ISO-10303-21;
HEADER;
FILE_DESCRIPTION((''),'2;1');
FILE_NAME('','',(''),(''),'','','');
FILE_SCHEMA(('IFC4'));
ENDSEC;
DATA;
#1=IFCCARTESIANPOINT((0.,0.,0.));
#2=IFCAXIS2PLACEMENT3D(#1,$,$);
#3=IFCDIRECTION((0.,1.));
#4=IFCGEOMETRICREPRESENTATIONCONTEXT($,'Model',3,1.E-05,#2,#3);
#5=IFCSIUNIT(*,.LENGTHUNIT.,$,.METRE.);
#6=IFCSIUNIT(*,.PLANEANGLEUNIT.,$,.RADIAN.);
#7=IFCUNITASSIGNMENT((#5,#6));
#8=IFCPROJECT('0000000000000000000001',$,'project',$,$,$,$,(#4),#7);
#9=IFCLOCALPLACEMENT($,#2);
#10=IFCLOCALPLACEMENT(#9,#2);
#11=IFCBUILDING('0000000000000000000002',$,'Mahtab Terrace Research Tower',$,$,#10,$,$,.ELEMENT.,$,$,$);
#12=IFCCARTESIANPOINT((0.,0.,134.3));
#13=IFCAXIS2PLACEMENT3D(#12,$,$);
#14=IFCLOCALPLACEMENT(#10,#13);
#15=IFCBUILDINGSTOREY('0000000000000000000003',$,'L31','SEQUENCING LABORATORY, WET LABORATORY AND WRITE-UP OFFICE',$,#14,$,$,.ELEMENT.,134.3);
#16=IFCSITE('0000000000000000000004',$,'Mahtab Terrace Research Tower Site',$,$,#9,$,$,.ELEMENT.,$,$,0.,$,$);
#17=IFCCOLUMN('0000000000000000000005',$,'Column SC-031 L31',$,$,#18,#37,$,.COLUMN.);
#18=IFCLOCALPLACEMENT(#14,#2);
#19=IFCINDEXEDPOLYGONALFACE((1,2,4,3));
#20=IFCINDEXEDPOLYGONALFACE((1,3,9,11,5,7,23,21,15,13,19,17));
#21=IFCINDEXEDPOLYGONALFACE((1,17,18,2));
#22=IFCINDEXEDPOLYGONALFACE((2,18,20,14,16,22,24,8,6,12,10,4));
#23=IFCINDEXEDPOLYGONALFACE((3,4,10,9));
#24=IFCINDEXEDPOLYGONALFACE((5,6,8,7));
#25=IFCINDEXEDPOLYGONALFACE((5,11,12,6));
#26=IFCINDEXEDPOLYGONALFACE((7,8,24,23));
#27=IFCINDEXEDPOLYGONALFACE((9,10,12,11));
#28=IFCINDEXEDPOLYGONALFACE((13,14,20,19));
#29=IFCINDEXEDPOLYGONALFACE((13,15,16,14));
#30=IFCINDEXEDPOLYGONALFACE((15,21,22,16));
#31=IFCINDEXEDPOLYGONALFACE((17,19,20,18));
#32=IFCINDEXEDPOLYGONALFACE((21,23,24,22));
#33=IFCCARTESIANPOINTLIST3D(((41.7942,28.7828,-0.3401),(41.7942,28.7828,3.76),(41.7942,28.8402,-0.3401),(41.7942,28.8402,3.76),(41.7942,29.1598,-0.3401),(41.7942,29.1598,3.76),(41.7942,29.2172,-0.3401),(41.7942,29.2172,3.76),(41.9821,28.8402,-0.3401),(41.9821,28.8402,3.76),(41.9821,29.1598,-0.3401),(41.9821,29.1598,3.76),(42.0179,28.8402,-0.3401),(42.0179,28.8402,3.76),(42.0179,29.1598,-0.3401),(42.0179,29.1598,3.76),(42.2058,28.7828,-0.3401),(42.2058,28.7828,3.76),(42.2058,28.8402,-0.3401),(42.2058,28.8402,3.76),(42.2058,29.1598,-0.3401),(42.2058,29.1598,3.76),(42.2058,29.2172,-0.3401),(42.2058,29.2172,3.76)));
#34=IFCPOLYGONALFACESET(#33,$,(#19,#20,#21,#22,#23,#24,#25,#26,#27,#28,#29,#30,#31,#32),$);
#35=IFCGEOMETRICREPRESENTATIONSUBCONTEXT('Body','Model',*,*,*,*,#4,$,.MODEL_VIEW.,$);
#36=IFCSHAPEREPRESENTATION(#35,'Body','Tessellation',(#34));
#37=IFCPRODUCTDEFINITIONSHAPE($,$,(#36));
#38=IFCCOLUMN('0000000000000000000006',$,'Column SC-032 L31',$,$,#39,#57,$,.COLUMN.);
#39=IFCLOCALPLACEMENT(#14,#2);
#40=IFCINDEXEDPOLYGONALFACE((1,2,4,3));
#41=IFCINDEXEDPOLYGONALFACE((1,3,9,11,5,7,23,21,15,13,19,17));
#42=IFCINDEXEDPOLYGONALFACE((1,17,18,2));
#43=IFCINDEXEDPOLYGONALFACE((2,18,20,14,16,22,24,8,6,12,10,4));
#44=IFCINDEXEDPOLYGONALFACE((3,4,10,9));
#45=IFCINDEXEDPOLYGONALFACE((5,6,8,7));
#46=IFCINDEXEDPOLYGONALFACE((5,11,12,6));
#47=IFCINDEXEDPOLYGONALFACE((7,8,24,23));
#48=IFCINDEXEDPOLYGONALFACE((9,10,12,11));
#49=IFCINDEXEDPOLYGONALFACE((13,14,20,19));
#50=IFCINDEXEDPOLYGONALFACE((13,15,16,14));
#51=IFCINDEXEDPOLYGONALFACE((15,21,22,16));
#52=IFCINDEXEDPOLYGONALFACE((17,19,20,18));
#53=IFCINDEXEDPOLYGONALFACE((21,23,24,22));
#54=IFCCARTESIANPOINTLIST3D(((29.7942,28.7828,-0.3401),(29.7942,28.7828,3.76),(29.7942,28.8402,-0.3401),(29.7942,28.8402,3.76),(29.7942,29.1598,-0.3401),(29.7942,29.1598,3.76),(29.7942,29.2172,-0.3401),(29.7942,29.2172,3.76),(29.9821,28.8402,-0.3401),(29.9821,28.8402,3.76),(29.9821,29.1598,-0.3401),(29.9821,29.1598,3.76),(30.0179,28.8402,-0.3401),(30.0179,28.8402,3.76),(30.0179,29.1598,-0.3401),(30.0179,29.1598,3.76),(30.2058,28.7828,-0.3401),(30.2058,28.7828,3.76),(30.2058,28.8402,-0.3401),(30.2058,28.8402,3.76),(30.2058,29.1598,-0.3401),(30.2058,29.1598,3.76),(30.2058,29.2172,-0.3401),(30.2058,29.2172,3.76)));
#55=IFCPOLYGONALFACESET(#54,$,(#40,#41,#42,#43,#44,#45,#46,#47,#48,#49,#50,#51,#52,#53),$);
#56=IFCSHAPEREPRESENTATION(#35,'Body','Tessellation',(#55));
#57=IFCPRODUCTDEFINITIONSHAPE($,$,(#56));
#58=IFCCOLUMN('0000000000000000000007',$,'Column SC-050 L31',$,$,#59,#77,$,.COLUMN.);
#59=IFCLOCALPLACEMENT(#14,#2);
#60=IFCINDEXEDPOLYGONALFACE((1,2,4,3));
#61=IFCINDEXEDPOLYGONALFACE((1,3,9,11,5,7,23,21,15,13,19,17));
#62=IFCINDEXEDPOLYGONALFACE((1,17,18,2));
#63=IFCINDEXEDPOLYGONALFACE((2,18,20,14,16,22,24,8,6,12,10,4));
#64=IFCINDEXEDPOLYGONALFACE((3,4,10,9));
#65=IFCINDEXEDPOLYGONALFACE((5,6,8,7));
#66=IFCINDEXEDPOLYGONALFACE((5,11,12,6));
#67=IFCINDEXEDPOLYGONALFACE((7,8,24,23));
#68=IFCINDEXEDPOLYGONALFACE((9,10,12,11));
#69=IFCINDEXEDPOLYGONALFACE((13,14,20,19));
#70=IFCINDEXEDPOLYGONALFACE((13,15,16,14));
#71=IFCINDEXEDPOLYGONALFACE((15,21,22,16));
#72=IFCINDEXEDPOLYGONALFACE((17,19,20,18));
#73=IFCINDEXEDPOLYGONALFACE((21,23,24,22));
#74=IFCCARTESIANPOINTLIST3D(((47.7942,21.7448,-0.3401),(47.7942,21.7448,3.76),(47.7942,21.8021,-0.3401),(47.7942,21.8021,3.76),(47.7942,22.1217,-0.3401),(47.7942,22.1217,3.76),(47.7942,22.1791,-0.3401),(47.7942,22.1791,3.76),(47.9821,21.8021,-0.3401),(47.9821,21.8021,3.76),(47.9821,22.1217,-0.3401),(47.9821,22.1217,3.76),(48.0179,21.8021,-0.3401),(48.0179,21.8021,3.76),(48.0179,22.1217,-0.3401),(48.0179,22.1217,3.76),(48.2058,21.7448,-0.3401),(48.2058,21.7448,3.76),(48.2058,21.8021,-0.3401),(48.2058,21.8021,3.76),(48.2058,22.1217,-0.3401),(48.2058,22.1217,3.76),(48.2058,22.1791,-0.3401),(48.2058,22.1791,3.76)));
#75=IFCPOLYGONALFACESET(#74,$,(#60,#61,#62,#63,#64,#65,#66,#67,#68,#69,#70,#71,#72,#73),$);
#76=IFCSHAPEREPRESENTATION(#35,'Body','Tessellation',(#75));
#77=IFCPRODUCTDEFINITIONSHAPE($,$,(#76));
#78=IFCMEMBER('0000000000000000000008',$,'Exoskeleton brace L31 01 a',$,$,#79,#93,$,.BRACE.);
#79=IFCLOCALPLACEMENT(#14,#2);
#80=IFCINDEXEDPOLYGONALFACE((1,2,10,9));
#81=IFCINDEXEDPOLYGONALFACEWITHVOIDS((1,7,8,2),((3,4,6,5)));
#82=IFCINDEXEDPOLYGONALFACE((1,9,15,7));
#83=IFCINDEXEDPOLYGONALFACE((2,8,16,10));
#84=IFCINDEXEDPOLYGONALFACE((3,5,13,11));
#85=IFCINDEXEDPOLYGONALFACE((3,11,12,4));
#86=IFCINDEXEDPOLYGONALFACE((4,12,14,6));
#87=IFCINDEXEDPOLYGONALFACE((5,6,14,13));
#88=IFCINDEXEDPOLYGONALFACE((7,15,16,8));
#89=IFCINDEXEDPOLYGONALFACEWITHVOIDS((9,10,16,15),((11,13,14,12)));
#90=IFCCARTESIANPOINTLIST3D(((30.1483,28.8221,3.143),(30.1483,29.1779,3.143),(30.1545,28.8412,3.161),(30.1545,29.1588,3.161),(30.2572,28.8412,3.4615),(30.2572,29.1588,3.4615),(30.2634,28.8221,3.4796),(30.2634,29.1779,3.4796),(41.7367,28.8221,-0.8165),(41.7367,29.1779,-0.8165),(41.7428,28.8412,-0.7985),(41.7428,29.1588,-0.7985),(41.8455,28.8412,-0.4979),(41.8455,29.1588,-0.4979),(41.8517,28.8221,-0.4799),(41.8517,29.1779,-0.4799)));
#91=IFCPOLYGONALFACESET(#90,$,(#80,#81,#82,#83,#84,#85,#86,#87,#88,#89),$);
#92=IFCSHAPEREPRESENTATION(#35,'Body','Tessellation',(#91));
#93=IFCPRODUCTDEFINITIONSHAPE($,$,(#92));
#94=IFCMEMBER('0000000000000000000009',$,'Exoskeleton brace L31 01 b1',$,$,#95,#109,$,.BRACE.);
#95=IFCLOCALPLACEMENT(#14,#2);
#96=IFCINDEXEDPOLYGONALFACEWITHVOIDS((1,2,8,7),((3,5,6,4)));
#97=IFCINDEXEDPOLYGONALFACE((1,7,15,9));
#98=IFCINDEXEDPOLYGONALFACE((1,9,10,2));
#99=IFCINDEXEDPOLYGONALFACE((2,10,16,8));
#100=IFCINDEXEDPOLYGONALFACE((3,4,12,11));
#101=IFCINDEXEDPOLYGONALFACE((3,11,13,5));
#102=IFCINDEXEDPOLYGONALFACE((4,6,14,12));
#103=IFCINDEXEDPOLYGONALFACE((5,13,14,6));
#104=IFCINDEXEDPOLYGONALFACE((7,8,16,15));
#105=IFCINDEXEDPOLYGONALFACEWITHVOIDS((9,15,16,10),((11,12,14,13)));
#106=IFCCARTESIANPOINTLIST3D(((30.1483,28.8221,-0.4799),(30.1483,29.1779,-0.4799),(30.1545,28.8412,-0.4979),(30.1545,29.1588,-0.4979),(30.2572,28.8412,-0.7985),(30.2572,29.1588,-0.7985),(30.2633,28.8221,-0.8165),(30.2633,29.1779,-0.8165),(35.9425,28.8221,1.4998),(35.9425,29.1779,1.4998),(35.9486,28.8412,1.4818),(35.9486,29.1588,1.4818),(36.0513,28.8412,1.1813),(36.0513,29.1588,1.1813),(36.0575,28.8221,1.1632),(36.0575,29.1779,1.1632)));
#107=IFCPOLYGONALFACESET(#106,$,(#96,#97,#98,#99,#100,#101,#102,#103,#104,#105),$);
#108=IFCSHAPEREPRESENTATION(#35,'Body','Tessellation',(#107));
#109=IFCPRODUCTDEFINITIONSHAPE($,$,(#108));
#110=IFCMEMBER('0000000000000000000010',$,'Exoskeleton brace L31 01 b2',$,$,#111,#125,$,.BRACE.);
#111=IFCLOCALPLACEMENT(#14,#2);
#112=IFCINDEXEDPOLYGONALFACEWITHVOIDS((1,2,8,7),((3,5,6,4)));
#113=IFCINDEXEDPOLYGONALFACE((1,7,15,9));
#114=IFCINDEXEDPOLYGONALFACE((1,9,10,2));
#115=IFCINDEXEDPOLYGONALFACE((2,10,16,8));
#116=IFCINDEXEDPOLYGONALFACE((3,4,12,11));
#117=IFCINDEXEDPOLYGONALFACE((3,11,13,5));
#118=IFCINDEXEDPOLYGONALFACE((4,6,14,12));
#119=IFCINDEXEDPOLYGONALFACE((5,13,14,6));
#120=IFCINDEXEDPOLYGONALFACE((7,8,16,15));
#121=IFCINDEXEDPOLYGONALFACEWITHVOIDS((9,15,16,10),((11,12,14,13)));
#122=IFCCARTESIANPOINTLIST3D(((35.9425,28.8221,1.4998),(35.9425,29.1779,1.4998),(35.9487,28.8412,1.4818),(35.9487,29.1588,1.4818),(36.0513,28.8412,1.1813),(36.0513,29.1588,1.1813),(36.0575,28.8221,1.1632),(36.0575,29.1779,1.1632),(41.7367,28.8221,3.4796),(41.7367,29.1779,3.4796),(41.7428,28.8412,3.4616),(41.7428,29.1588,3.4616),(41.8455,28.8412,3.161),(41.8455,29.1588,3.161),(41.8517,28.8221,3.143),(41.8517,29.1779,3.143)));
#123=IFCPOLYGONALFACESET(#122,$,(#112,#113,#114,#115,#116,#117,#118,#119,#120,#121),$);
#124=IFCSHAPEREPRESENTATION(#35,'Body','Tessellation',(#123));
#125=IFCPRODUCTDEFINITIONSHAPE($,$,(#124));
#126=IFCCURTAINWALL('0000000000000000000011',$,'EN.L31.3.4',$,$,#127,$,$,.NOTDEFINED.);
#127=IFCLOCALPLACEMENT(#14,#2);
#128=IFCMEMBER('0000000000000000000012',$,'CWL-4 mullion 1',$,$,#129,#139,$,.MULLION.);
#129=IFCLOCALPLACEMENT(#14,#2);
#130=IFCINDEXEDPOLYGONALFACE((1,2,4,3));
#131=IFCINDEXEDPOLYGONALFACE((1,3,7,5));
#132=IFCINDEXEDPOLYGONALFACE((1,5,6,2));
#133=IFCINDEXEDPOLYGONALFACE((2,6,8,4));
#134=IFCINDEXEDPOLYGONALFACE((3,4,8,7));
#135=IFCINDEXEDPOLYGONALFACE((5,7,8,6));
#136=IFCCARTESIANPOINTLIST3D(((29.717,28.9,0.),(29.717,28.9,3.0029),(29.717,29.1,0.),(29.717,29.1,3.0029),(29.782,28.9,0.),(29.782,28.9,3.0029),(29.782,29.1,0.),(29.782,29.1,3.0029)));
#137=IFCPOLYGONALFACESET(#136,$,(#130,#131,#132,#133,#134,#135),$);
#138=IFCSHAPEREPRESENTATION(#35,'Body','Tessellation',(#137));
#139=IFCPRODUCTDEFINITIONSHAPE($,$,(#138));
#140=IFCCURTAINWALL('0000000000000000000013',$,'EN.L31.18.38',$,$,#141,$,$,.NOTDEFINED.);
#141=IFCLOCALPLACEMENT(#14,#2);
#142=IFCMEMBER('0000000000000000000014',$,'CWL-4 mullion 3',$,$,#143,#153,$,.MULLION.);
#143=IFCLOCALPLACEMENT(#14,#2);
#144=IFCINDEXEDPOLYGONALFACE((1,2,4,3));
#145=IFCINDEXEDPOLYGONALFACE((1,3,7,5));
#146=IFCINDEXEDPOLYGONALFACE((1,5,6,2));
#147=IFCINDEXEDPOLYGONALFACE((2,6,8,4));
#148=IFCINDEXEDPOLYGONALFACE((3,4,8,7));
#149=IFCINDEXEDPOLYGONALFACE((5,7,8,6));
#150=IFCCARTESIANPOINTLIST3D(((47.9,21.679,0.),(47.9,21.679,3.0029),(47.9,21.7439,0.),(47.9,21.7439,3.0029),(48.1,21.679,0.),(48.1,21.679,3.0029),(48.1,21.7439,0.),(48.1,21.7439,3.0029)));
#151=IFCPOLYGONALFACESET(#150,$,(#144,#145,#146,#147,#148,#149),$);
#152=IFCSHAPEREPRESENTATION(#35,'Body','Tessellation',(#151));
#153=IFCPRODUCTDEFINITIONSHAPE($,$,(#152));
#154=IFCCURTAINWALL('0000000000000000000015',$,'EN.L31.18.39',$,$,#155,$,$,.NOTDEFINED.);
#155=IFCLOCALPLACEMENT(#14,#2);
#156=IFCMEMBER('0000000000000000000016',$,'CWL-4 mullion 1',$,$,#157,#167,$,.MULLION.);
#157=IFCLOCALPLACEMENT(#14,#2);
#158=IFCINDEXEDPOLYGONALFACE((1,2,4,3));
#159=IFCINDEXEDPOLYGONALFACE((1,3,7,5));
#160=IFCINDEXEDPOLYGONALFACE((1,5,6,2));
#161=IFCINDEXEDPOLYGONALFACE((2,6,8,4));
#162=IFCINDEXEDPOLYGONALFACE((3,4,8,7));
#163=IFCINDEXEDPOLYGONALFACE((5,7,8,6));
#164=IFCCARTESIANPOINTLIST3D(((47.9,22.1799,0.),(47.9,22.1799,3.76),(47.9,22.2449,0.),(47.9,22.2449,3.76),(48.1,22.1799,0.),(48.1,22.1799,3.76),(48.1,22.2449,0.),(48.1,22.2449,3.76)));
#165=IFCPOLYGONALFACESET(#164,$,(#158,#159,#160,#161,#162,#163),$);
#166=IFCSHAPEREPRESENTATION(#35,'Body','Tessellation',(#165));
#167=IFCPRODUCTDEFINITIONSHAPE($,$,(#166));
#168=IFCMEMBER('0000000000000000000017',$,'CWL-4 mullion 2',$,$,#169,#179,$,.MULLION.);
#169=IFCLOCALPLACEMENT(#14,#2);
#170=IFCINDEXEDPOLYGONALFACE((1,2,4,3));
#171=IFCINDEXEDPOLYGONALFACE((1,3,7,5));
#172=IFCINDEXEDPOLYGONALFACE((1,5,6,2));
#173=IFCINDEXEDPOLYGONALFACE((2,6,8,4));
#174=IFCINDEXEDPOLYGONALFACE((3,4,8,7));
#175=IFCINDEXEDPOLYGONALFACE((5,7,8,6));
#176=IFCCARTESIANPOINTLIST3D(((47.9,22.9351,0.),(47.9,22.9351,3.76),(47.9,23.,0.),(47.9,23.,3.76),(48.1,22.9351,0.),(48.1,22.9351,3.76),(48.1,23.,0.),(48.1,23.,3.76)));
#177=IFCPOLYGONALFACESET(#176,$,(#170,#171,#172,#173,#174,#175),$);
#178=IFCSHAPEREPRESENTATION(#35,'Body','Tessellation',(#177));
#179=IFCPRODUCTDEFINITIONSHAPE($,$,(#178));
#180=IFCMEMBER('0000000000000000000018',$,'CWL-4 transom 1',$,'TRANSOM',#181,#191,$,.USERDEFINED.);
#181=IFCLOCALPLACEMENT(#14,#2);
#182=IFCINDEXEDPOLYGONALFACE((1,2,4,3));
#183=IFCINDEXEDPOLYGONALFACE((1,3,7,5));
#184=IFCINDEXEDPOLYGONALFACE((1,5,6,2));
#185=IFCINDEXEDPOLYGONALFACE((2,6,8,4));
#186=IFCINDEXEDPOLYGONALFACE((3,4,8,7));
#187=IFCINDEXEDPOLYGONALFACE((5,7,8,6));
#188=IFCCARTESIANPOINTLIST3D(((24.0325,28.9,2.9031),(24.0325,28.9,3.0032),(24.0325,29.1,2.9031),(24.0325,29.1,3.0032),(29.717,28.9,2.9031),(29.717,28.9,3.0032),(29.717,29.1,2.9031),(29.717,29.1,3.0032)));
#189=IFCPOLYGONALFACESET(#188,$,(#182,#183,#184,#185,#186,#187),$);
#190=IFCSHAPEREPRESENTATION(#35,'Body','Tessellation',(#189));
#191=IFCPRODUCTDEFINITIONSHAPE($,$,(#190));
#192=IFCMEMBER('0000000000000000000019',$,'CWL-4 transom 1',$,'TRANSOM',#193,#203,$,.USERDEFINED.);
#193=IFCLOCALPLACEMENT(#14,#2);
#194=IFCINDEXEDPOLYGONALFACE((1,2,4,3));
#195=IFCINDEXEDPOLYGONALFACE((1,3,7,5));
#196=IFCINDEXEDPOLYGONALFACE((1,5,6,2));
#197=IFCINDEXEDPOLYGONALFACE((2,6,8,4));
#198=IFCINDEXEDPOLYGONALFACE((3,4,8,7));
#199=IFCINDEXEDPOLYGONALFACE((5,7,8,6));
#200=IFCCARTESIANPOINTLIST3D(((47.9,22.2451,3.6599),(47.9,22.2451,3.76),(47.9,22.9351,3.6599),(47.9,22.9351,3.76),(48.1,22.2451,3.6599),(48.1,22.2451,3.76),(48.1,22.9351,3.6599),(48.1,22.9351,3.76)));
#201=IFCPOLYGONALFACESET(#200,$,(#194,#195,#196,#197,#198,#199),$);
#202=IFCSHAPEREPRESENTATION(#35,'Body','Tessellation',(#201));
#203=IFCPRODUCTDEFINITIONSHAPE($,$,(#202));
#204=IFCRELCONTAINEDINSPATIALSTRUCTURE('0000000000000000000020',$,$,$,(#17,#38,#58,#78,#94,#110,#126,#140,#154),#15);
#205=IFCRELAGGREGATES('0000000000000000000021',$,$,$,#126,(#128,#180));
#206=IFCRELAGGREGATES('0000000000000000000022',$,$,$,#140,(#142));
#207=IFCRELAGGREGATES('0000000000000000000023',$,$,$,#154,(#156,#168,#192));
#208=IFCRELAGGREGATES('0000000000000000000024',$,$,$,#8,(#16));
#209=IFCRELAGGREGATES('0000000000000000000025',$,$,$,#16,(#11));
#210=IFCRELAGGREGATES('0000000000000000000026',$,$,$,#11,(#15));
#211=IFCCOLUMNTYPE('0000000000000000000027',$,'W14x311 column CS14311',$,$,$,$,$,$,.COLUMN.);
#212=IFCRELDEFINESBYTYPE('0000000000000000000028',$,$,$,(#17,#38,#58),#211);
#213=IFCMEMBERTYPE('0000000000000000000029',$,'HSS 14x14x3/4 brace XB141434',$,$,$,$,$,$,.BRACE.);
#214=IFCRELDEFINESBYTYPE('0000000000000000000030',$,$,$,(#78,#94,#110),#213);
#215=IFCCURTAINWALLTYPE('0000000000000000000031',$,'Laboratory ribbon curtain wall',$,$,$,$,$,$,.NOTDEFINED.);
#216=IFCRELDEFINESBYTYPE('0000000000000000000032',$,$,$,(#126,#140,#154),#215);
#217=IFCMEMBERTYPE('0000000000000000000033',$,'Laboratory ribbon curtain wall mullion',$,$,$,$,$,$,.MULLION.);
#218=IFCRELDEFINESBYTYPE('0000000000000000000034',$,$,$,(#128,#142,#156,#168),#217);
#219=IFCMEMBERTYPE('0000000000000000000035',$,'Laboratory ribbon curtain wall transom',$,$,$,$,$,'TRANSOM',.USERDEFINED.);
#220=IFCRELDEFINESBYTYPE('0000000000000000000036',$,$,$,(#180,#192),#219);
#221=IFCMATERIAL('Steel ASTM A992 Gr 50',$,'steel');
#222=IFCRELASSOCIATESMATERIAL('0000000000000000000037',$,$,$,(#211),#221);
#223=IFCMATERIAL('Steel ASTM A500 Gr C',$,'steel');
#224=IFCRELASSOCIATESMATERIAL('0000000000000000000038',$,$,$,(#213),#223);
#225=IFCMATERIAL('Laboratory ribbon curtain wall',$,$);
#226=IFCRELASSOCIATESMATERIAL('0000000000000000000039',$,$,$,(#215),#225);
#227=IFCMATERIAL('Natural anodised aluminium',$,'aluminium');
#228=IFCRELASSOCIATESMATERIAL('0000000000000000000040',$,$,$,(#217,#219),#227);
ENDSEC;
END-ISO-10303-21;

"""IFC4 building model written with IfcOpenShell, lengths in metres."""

from ifc_helpers import new_model, si_unit, direction, frame, origin, origin_2d, place, context, subcontext, project, spatial, rectangle, hollow_rectangle, i_section, extrude, material, material_profile, profile_set, type_object, element, aggregate, save


model = new_model("IFC4")

# Units and contexts
model_context = context("Model", 3, precision=1e-05, world=origin(), true_north=direction((0.0, 1.0)))
body_context = subcontext(model_context, "Body", "Model", "MODEL_VIEW")
ifc_project = project(units=[si_unit("LENGTHUNIT", "METRE"), si_unit("PLANEANGLEUNIT", "RADIAN")], contexts=[model_context])

# Site, building, storey
site_placement = place(None, origin())
site = spatial("IfcSite", under=ifc_project, at=site_placement, Name="Mahtab Terrace Research Tower Site", CompositionType="ELEMENT", RefElevation=0.0)
building_placement = place(site_placement, origin())
building = spatial("IfcBuilding", under=site, at=building_placement, Name="Mahtab Terrace Research Tower", CompositionType="ELEMENT")
storey_placement = place(building_placement, frame((0.0, 0.0, 134.3)))
storey = spatial("IfcBuildingStorey", under=building, at=storey_placement, Name="L31", Description="SEQUENCING LABORATORY, WET LABORATORY AND WRITE-UP OFFICE", CompositionType="ELEMENT", Elevation=134.3)

# Columns
ifc_material_1 = material(Name="Steel ASTM A992 Gr 50", Category="steel")
ifc_material_profile_1 = material_profile(ifc_material_1, i_section(OverallWidth=0.4116, OverallDepth=0.4343, WebThickness=0.0359, FlangeThickness=0.0574, at=origin_2d()), Name="W14X311")
ifc_profile_set_1 = profile_set([ifc_material_profile_1], Name="Steel ASTM A992 Gr 50")
column_type = type_object("IfcColumnType", Name="W14x311 column CS14311", PredefinedType="COLUMN", material=ifc_profile_set_1)
for number, where, z_axis, x_axis, name in (
    (1, (42.0, 29.0, -0.3401), (0.0, 0.0, 1.0), (1.0, 0.0, 0.0), "Column SC-031 L31"),
    (2, (30.0, 29.0, -0.3401), (0.0, 0.0, 1.0), (1.0, 0.0, 0.0), "Column SC-032 L31"),
    (3, (48.0, 21.9619, -0.3401), (0.0, 0.0, 1.0), (1.0, 0.0, 0.0), "Column SC-050 L31"),
):
    element("IfcColumn", number, at=place(storey_placement, frame(where, z_axis=z_axis, x_axis=x_axis)), inside=storey, type_object=column_type, Name=name, PredefinedType="COLUMN", context=body_context, shape_type="SweptSolid", body=[
        extrude(i_section(OverallWidth=0.4116, OverallDepth=0.4343, WebThickness=0.0359, FlangeThickness=0.0574, at=origin_2d()), origin(), (0.0, 0.0, 1.0), 4.1001),
    ])

# Members
ifc_material_2 = material(Name="Steel ASTM A500 Gr C", Category="steel")
ifc_material_profile_2 = material_profile(ifc_material_2, hollow_rectangle(XDim=0.3557, YDim=0.3557, WallThickness=0.019, at=origin_2d()), Name="HSS14X14X3/4")
ifc_profile_set_2 = profile_set([ifc_material_profile_2], Name="Steel ASTM A500 Gr C")
member_type_1 = type_object("IfcMemberType", Name="HSS 14x14x3/4 brace XB141434", PredefinedType="BRACE", material=ifc_profile_set_2)
member_1_placement = place(storey_placement, frame((41.7942, 29.0, -0.6482), z_axis=(-0.946288, 0.0, 0.323324), x_axis=(0.0, -1.0, 0.0)))
element("IfcMember", 4, at=member_1_placement, inside=storey, type_object=member_type_1, Name="Exoskeleton brace L31 01 a", PredefinedType="BRACE", context=body_context, shape_type="SweptSolid", body=[
    extrude(hollow_rectangle(XDim=0.3557, YDim=0.3557, WallThickness=0.019, at=origin_2d()), origin(), (0.0, 0.0, 1.0), 12.2461),
])
for number, where, z_axis, x_axis, name in (
    (5, (30.2058, 29.0, -0.6482), (0.946288, 0.0, 0.323324), (0.0, 1.0, 0.0), "Exoskeleton brace L31 01 b1"),
    (6, (36.0, 29.0, 1.3315), (0.946288, 0.0, 0.323324), (0.0, 1.0, 0.0), "Exoskeleton brace L31 01 b2"),
):
    element("IfcMember", number, at=place(storey_placement, frame(where, z_axis=z_axis, x_axis=x_axis)), inside=storey, type_object=member_type_1, Name=name, PredefinedType="BRACE", context=body_context, shape_type="SweptSolid", body=[
        extrude(hollow_rectangle(XDim=0.3557, YDim=0.3557, WallThickness=0.019, at=origin_2d()), origin(), (0.0, 0.0, 1.0), 6.123),
    ])

# Curtain walls, members
ifc_material_3 = material(Name="Laboratory ribbon curtain wall")
curtain_wall_type = type_object("IfcCurtainWallType", Name="Laboratory ribbon curtain wall", PredefinedType="NOTDEFINED", material=ifc_material_3)
curtain_wall_1_placement = place(storey_placement, origin())
curtain_wall_1 = element("IfcCurtainWall", 7, at=curtain_wall_1_placement, inside=storey, type_object=curtain_wall_type, Name="EN.L31.3.4", PredefinedType="NOTDEFINED")
ifc_material_4 = material(Name="Natural anodised aluminium", Category="aluminium")
ifc_material_profile_3 = material_profile(ifc_material_4, rectangle(XDim=0.2, YDim=0.0649, at=origin_2d()), Name="MULLION 65x200")
ifc_profile_set_3 = profile_set([ifc_material_profile_3], Name="Natural anodised aluminium")
member_type_2 = type_object("IfcMemberType", Name="Laboratory ribbon curtain wall mullion", PredefinedType="MULLION", material=ifc_profile_set_3)
member_2_placement = place(storey_placement, frame((29.7495, 29.0, 0.0), z_axis=(0.0, 0.0, 1.0), x_axis=(0.0, -1.0, 0.0)))
member_2 = element("IfcMember", 8, at=member_2_placement, type_object=member_type_2, Name="CWL-4 mullion 1", PredefinedType="MULLION", context=body_context, shape_type="SweptSolid", body=[
    extrude(rectangle(XDim=0.2, YDim=0.0649, at=origin_2d()), origin(), (0.0, 0.0, 1.0), 3.0029),
])
curtain_wall_2_placement = place(storey_placement, origin())
curtain_wall_2 = element("IfcCurtainWall", 9, at=curtain_wall_2_placement, inside=storey, type_object=curtain_wall_type, Name="EN.L31.18.38", PredefinedType="NOTDEFINED")
member_3_placement = place(storey_placement, frame((48.0, 21.7114, 0.0), z_axis=(0.0, 0.0, 1.0), x_axis=(-1.0, 0.0, 0.0)))
member_3 = element("IfcMember", 10, at=member_3_placement, type_object=member_type_2, Name="CWL-4 mullion 3", PredefinedType="MULLION", context=body_context, shape_type="SweptSolid", body=[
    extrude(rectangle(XDim=0.2, YDim=0.0649, at=origin_2d()), origin(), (0.0, 0.0, 1.0), 3.0029),
])

# Curtain wall, members
curtain_wall_3_placement = place(storey_placement, origin())
curtain_wall_3 = element("IfcCurtainWall", 11, at=curtain_wall_3_placement, inside=storey, type_object=curtain_wall_type, Name="EN.L31.18.39", PredefinedType="NOTDEFINED")
member_4_placement = place(storey_placement, frame((48.0, 22.2124, 0.0), z_axis=(0.0, 0.0, 1.0), x_axis=(-1.0, 0.0, 0.0)))
member_4 = element("IfcMember", 12, at=member_4_placement, type_object=member_type_2, Name="CWL-4 mullion 1", PredefinedType="MULLION", context=body_context, shape_type="SweptSolid", body=[
    extrude(rectangle(XDim=0.2, YDim=0.0649, at=origin_2d()), origin(), (0.0, 0.0, 1.0), 3.76),
])
member_5_placement = place(storey_placement, frame((48.0, 22.9675, 0.0), z_axis=(0.0, 0.0, 1.0), x_axis=(-1.0, 0.0, 0.0)))
member_5 = element("IfcMember", 13, at=member_5_placement, type_object=member_type_2, Name="CWL-4 mullion 2", PredefinedType="MULLION", context=body_context, shape_type="SweptSolid", body=[
    extrude(rectangle(XDim=0.2, YDim=0.0649, at=origin_2d()), origin(), (0.0, 0.0, 1.0), 3.76),
])

# Members
ifc_material_profile_4 = material_profile(ifc_material_4, rectangle(XDim=0.2, YDim=0.1001, at=origin_2d()), Name="TRANSOM 100x200")
ifc_profile_set_4 = profile_set([ifc_material_profile_4], Name="Natural anodised aluminium")
member_type_3 = type_object("IfcMemberType", Name="Laboratory ribbon curtain wall transom", ElementType="TRANSOM", PredefinedType="USERDEFINED", material=ifc_profile_set_4)
member_6_placement = place(storey_placement, frame((29.717, 29.0, 2.9531), z_axis=(-1.0, 0.0, 0.0), x_axis=(0.0, -1.0, 0.0)))
member_6 = element("IfcMember", 14, at=member_6_placement, type_object=member_type_3, Name="CWL-4 transom 1", ObjectType="TRANSOM", PredefinedType="USERDEFINED", context=body_context, shape_type="SweptSolid", body=[
    extrude(rectangle(XDim=0.2, YDim=0.1001, at=origin_2d()), origin(), (0.0, 0.0, 1.0), 5.6846),
])
member_7_placement = place(storey_placement, frame((48.0, 22.2451, 3.71), z_axis=(0.0, 1.0, 0.0), x_axis=(-1.0, 0.0, 0.0)))
member_7 = element("IfcMember", 15, at=member_7_placement, type_object=member_type_3, Name="CWL-4 transom 1", ObjectType="TRANSOM", PredefinedType="USERDEFINED", context=body_context, shape_type="SweptSolid", body=[
    extrude(rectangle(XDim=0.2, YDim=0.1001, at=origin_2d()), origin(), (0.0, 0.0, 1.0), 0.6899),
])

aggregate(curtain_wall_1, [member_2, member_6])
aggregate(curtain_wall_2, [member_3])
aggregate(curtain_wall_3, [member_4, member_5, member_7])

save(model, "model.ifc")
